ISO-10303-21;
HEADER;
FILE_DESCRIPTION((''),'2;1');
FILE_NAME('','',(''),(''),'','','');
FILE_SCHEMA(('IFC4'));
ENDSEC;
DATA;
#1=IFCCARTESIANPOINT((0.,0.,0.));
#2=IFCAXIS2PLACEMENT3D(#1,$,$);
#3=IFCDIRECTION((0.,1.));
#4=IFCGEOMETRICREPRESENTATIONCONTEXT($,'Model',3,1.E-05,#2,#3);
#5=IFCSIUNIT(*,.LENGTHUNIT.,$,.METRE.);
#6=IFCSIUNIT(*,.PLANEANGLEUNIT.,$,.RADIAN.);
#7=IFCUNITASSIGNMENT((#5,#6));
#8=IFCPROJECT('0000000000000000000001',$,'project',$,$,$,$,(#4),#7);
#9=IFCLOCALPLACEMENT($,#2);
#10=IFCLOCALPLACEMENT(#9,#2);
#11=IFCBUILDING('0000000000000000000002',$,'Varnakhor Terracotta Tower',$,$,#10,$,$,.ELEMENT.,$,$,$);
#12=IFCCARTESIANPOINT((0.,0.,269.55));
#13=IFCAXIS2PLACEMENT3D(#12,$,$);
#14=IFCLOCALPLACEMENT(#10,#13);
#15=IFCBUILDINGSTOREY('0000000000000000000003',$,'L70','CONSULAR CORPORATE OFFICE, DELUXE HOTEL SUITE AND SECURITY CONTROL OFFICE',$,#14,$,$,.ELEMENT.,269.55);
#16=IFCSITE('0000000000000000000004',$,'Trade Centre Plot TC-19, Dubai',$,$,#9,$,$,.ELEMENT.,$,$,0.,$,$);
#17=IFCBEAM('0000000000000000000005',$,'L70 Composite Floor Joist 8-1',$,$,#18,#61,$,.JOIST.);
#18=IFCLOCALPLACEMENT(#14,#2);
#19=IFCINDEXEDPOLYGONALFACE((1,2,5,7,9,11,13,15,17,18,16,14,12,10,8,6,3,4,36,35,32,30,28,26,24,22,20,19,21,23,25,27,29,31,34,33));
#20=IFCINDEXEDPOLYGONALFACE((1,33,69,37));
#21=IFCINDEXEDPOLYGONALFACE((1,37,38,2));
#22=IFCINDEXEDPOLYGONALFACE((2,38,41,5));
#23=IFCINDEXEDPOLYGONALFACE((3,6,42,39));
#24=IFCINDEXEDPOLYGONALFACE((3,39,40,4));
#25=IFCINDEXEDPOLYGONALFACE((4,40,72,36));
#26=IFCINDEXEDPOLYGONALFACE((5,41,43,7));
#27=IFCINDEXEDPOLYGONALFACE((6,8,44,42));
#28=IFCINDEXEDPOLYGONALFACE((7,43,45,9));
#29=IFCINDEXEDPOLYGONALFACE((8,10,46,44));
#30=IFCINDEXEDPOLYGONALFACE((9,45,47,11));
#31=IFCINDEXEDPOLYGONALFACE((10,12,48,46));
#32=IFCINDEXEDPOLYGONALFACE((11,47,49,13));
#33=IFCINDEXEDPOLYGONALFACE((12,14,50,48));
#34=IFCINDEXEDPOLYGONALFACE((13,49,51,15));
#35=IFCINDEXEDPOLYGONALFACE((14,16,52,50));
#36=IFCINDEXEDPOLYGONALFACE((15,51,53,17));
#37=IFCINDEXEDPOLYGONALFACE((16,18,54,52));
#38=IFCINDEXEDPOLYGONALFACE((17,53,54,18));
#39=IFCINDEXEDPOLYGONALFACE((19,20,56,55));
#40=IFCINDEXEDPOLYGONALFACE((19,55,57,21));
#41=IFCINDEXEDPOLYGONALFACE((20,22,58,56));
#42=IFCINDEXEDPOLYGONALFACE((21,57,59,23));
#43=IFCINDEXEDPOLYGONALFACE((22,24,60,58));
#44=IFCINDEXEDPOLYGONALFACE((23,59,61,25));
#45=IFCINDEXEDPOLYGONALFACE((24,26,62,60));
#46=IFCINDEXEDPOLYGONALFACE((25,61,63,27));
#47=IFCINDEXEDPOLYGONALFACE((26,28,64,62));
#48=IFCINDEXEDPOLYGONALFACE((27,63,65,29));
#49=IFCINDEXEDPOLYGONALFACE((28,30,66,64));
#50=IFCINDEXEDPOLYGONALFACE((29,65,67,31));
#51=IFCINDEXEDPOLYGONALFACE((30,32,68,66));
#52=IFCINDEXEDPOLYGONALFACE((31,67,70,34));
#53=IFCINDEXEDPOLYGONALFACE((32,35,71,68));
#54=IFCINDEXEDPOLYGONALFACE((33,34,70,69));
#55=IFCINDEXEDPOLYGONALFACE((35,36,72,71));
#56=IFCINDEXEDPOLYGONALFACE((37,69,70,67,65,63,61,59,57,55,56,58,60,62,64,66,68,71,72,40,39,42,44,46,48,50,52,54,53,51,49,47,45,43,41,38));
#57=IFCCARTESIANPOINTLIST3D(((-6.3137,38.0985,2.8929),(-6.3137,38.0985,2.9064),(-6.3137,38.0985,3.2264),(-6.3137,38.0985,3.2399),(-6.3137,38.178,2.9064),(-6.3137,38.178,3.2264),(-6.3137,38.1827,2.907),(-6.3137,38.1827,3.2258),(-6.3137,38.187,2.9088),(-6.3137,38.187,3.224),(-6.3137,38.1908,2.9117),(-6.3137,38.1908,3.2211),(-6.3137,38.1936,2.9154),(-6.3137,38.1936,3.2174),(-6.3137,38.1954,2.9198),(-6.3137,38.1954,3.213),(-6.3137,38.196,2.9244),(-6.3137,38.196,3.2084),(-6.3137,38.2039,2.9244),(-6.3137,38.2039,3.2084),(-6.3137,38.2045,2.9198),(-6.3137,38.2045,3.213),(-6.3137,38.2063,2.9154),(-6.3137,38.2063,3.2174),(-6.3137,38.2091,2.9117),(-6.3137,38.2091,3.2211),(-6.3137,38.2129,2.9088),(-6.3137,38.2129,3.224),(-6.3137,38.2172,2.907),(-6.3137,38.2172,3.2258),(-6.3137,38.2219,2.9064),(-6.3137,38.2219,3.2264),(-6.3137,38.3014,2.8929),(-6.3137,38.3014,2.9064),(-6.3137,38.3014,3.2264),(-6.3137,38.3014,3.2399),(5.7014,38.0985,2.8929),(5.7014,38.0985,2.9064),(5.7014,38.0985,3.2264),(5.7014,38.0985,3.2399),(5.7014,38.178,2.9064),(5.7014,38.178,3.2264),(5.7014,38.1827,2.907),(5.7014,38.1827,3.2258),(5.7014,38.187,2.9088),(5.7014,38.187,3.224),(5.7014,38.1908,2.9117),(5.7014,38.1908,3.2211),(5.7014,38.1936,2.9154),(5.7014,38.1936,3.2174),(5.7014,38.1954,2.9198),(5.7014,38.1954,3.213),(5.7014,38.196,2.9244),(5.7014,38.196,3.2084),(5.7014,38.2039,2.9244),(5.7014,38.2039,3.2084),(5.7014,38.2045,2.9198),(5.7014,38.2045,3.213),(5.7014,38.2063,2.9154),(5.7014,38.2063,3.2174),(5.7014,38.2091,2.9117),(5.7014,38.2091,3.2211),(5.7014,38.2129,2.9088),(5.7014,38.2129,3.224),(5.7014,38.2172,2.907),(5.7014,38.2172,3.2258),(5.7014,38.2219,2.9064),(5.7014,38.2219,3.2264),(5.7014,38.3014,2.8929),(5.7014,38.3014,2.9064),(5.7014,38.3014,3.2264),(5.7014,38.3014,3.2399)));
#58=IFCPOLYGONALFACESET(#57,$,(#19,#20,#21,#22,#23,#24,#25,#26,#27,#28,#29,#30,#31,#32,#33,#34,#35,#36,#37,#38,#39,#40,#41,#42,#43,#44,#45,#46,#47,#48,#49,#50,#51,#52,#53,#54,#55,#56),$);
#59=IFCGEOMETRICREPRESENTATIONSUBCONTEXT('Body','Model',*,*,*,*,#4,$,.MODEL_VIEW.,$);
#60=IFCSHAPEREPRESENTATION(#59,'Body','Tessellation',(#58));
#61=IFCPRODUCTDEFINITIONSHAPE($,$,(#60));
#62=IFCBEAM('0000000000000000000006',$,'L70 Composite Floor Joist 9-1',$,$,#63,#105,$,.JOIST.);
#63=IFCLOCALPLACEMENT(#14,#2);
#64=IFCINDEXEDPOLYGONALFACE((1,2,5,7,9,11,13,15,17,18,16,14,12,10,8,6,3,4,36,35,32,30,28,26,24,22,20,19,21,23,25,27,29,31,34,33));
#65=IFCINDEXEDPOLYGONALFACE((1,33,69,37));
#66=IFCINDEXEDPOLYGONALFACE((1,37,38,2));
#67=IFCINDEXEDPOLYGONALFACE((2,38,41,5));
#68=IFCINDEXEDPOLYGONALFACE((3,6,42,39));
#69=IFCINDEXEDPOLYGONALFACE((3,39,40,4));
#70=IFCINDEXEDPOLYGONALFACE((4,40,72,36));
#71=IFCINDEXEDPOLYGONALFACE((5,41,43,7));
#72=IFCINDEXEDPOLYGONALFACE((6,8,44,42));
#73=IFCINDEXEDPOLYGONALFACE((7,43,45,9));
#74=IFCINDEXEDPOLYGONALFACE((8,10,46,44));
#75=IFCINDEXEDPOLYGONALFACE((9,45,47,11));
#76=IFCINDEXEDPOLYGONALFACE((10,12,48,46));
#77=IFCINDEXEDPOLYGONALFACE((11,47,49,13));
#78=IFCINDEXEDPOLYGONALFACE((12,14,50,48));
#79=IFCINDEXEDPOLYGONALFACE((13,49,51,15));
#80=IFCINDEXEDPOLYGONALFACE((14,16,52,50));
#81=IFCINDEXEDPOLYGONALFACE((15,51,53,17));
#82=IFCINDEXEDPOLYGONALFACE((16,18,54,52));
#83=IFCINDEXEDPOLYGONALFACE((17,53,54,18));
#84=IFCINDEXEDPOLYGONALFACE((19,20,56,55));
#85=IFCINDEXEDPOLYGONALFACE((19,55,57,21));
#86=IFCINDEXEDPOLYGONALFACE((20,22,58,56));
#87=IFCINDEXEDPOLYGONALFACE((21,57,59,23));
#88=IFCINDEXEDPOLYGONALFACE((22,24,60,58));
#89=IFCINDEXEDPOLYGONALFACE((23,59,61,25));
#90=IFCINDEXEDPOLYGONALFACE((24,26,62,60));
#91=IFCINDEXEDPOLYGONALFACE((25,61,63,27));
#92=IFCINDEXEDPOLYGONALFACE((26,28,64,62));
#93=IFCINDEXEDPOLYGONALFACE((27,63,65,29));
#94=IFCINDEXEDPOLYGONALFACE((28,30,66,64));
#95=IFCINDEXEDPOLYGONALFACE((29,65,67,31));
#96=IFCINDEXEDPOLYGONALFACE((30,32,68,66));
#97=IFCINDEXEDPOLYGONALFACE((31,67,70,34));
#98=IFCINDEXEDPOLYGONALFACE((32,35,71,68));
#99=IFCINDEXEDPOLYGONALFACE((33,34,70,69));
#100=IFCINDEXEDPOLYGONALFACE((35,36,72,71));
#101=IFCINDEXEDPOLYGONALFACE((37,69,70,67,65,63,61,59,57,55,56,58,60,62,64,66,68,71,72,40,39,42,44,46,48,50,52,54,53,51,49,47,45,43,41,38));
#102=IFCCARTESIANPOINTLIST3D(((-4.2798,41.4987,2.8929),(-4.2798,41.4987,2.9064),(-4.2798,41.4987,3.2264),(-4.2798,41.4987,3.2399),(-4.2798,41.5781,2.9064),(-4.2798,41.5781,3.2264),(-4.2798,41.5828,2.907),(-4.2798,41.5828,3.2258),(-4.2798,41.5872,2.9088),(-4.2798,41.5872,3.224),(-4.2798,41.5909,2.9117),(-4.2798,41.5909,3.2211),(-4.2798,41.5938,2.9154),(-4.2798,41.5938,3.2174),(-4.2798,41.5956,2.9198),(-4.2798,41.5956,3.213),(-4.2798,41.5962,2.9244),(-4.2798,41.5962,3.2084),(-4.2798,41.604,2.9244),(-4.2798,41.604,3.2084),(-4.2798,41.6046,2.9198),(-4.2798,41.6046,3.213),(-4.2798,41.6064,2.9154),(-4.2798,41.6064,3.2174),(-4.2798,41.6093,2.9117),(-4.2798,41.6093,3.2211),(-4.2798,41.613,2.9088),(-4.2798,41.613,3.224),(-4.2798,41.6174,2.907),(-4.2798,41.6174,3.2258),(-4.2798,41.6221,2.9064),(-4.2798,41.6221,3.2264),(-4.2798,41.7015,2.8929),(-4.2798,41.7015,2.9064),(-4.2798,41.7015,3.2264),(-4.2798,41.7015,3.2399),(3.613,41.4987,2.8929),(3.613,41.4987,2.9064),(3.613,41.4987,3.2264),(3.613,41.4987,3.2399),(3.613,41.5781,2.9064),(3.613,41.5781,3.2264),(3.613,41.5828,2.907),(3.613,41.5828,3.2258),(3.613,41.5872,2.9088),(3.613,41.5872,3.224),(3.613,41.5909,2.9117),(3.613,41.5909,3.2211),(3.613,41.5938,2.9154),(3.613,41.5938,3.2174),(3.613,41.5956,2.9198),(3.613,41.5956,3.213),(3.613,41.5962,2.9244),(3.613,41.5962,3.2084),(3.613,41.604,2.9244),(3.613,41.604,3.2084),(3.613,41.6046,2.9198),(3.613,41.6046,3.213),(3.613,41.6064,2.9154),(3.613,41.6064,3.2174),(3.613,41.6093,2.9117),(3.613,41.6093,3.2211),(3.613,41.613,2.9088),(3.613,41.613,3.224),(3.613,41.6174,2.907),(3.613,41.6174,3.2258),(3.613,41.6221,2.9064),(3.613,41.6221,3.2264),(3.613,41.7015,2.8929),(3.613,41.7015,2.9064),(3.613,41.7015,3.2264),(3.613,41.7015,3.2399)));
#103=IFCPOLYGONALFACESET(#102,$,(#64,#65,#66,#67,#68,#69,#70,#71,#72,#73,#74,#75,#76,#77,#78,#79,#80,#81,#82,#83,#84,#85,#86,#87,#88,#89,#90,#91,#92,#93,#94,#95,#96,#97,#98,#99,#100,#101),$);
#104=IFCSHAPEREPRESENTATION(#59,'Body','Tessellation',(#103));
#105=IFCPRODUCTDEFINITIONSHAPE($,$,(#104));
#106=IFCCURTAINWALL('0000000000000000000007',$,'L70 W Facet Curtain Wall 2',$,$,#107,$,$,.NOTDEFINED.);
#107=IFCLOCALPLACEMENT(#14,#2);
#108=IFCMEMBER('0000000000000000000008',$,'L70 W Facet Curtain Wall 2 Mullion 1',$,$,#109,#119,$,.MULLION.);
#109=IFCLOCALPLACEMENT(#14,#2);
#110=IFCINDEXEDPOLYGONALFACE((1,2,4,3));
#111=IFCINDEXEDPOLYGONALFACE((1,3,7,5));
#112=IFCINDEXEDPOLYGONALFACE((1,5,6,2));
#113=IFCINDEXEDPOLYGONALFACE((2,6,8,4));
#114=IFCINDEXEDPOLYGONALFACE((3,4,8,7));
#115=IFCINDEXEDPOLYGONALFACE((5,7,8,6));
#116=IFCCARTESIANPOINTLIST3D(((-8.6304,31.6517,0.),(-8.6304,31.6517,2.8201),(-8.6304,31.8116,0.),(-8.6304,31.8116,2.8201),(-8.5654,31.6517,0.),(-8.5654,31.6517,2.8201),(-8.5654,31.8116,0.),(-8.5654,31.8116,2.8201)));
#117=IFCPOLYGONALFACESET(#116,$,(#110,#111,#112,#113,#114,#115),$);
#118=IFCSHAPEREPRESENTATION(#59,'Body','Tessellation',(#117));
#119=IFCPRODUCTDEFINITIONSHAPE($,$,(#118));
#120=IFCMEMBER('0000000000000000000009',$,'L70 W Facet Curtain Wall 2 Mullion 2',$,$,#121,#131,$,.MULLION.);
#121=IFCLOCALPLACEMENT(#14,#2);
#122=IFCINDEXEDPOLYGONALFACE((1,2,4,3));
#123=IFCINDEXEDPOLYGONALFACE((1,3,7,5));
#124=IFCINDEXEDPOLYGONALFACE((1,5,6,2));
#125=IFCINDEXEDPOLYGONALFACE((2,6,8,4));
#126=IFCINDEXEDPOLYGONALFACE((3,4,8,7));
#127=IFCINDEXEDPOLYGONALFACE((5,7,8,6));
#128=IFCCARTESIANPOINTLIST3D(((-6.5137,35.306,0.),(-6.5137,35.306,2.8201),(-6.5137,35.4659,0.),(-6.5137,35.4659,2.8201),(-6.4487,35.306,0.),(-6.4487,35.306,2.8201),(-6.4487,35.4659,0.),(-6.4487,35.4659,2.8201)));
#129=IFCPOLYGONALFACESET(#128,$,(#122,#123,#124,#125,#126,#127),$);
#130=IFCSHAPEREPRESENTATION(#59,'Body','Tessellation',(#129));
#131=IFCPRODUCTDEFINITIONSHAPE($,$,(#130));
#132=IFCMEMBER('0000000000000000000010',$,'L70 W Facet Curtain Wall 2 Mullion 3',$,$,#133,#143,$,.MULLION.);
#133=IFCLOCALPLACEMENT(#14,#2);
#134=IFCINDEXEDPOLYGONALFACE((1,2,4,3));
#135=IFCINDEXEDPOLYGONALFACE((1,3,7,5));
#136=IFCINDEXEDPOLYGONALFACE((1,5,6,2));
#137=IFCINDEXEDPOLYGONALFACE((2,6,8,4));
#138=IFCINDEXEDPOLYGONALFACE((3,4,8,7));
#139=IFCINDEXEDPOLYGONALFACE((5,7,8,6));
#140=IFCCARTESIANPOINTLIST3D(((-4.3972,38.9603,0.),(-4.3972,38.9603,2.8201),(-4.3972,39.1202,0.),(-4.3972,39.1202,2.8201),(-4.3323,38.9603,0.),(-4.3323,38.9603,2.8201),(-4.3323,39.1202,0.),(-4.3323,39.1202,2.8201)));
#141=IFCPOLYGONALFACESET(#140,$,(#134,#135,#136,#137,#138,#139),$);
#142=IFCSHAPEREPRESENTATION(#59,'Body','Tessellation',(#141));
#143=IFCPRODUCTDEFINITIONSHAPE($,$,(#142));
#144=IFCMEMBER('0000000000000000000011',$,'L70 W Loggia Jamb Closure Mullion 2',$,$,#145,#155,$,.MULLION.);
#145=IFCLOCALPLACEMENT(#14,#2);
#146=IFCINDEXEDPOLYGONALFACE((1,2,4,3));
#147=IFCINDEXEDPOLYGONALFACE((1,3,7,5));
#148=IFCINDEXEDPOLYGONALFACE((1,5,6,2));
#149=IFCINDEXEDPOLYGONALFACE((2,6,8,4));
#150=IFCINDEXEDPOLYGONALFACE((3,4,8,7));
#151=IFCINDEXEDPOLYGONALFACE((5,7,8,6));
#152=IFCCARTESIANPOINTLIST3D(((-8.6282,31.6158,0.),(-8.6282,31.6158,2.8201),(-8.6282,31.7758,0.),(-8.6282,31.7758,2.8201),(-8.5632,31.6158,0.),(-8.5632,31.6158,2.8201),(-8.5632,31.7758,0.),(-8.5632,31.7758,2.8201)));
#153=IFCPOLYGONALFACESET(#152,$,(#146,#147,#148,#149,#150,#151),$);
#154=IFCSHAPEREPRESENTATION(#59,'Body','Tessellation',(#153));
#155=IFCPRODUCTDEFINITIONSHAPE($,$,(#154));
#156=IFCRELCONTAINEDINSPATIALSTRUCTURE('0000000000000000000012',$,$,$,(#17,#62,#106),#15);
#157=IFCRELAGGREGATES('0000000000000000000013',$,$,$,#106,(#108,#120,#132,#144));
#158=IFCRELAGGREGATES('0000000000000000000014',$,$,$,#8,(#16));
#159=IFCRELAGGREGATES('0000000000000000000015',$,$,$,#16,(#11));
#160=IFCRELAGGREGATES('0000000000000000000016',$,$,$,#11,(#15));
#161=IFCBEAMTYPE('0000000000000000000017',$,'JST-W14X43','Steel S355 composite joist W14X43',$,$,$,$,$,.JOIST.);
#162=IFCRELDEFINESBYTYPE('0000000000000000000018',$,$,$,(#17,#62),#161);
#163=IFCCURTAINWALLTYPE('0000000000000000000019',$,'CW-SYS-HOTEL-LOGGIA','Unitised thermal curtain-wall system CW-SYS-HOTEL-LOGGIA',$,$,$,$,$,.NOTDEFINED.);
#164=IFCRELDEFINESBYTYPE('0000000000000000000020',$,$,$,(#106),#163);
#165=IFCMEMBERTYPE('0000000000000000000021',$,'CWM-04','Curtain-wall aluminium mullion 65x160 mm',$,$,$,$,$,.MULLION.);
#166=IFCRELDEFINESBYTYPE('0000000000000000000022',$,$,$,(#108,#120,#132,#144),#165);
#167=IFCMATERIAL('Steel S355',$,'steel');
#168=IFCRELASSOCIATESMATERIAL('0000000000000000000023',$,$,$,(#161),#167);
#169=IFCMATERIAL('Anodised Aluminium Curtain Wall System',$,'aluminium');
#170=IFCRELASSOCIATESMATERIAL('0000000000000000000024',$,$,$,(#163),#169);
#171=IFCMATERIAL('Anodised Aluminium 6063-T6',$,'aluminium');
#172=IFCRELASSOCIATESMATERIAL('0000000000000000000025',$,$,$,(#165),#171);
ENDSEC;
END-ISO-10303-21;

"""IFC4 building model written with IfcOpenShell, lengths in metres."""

from ifc_helpers import new_model, si_unit, direction, frame, origin, origin_2d, place, context, subcontext, project, spatial, rectangle, i_section, extrude, source, transform, mapped, material, material_profile, profile_set, type_object, type_shapes, element, aggregate, save


model = new_model("IFC4")

# Units and contexts
model_context = context("Model", 3, precision=1e-05, world=origin(), true_north=direction((0.0, 1.0)))
body_context = subcontext(model_context, "Body", "Model", "MODEL_VIEW")
ifc_project = project(units=[si_unit("LENGTHUNIT", "METRE"), si_unit("PLANEANGLEUNIT", "RADIAN")], contexts=[model_context])

# Site, building, storey
site_placement = place(None, origin())
site = spatial("IfcSite", under=ifc_project, at=site_placement, Name="Trade Centre Plot TC-19, Dubai", CompositionType="ELEMENT", RefElevation=0.0)
building_placement = place(site_placement, origin())
building = spatial("IfcBuilding", under=site, at=building_placement, Name="Varnakhor Terracotta Tower", CompositionType="ELEMENT")
storey_placement = place(building_placement, frame((0.0, 0.0, 269.55)))
storey = spatial("IfcBuildingStorey", under=building, at=storey_placement, Name="L70", Description="CONSULAR CORPORATE OFFICE, DELUXE HOTEL SUITE AND SECURITY CONTROL OFFICE", CompositionType="ELEMENT", Elevation=269.55)

# Beams
ifc_material_1 = material(Name="Steel S355", Category="steel")
ifc_material_profile_1 = material_profile(ifc_material_1, i_section(OverallWidth=0.2029, OverallDepth=0.3469, WebThickness=0.0078, FlangeThickness=0.0134, FilletRadius=0.0181, at=origin_2d()), Name="W14X43")
ifc_profile_set_1 = profile_set([ifc_material_profile_1], Name="Steel S355")
beam_type_1 = type_object("IfcBeamType", Name="JST-W14X43", Description="Steel S355 composite joist W14X43", PredefinedType="JOIST", material=ifc_profile_set_1)
shared_shape_1 = source(origin(), body_context, "Body", "SweptSolid", [
    extrude(i_section(OverallWidth=0.2029, OverallDepth=0.3469, WebThickness=0.0078, FlangeThickness=0.0134, FilletRadius=0.0181, at=origin_2d()), origin(), (0.0, 0.0, 1.0), 12.0151),
])
beam_1_placement = place(storey_placement, frame((-6.3137, 38.2, 3.0664), z_axis=(1.0, 0.0, 0.0), x_axis=(0.0, 1.0, 0.0)))
element("IfcBeam", 1, at=beam_1_placement, inside=storey, type_object=beam_type_1, Name="L70 Composite Floor Joist 8-1", PredefinedType="JOIST", context=body_context, shape_type="MappedRepresentation", body=[
    mapped(shared_shape_1, transform((0.0, 0.0, 0.0), scale=1.0)),
])
shared_shape_2 = source(origin(), body_context, "Body", "SweptSolid", [
    extrude(i_section(OverallWidth=0.2029, OverallDepth=0.3469, WebThickness=0.0078, FlangeThickness=0.0134, FilletRadius=0.0181, at=origin_2d()), origin(), (0.0, 0.0, 1.0), 7.8928),
])
beam_2_placement = place(storey_placement, frame((-4.2798, 41.6001, 3.0664), z_axis=(1.0, 0.0, 0.0), x_axis=(0.0, 1.0, 0.0)))
element("IfcBeam", 2, at=beam_2_placement, inside=storey, type_object=beam_type_1, Name="L70 Composite Floor Joist 9-1", PredefinedType="JOIST", context=body_context, shape_type="MappedRepresentation", body=[
    mapped(shared_shape_2, transform((0.0, 0.0, 0.0), scale=1.0)),
])

# Curtain wall, members
ifc_material_2 = material(Name="Anodised Aluminium Curtain Wall System", Category="aluminium")
curtain_wall_type = type_object("IfcCurtainWallType", Name="CW-SYS-HOTEL-LOGGIA", Description="Unitised thermal curtain-wall system CW-SYS-HOTEL-LOGGIA", PredefinedType="NOTDEFINED", material=ifc_material_2)
curtain_wall_placement = place(storey_placement, origin())
curtain_wall = element("IfcCurtainWall", 3, at=curtain_wall_placement, inside=storey, type_object=curtain_wall_type, Name="L70 W Facet Curtain Wall 2", PredefinedType="NOTDEFINED")
ifc_material_3 = material(Name="Anodised Aluminium 6063-T6", Category="aluminium")
ifc_material_profile_2 = material_profile(ifc_material_3, rectangle(XDim=0.0649, YDim=0.1599, at=origin_2d()), Name="ALU MULLION 65x160")
ifc_profile_set_2 = profile_set([ifc_material_profile_2], Name="Anodised Aluminium 6063-T6")
member_type_1 = type_object("IfcMemberType", Name="CWM-04", Description="Curtain-wall aluminium mullion 65x160 mm", PredefinedType="MULLION", material=ifc_profile_set_2)
shared_shape_3 = source(origin(), body_context, "Body", "SweptSolid", [
    extrude(rectangle(XDim=0.0649, YDim=0.1599, at=origin_2d()), origin(), (0.0, 0.0, 1.0), 2.8201),
])
type_shapes(member_type_1, [shared_shape_3])
member_1_placement = place(storey_placement, frame((-8.5979, 31.7317, 0.0), z_axis=(0.0, 0.0, 1.0), x_axis=(1.0, 0.0, 0.0)))
member_1 = element("IfcMember", 4, at=member_1_placement, type_object=member_type_1, Name="L70 W Facet Curtain Wall 2 Mullion 1", PredefinedType="MULLION", context=body_context, shape_type="MappedRepresentation", body=[
    mapped(shared_shape_3, transform((0.0, 0.0, 0.0), scale=1.0)),
])
member_2_placement = place(storey_placement, frame((-6.4812, 35.386, 0.0), z_axis=(0.0, 0.0, 1.0), x_axis=(1.0, 0.0, 0.0)))
member_2 = element("IfcMember", 5, at=member_2_placement, type_object=member_type_1, Name="L70 W Facet Curtain Wall 2 Mullion 2", PredefinedType="MULLION", context=body_context, shape_type="MappedRepresentation", body=[
    mapped(shared_shape_3, transform((0.0, 0.0, 0.0), scale=1.0)),
])
member_3_placement = place(storey_placement, frame((-4.3647, 39.0403, 0.0), z_axis=(0.0, 0.0, 1.0), x_axis=(1.0, 0.0, 0.0)))
member_3 = element("IfcMember", 6, at=member_3_placement, type_object=member_type_1, Name="L70 W Facet Curtain Wall 2 Mullion 3", PredefinedType="MULLION", context=body_context, shape_type="MappedRepresentation", body=[
    mapped(shared_shape_3, transform((0.0, 0.0, 0.0), scale=1.0)),
])
member_4_placement = place(storey_placement, frame((-8.5957, 31.6958, 0.0), z_axis=(0.0, 0.0, 1.0), x_axis=(1.0, 0.0, 0.0)))
member_4 = element("IfcMember", 7, at=member_4_placement, type_object=member_type_1, Name="L70 W Loggia Jamb Closure Mullion 2", PredefinedType="MULLION", context=body_context, shape_type="MappedRepresentation", body=[
    mapped(shared_shape_3, transform((0.0, 0.0, 0.0), scale=1.0)),
])

aggregate(curtain_wall, [member_1, member_2, member_3, member_4])

save(model, "model.ifc")
